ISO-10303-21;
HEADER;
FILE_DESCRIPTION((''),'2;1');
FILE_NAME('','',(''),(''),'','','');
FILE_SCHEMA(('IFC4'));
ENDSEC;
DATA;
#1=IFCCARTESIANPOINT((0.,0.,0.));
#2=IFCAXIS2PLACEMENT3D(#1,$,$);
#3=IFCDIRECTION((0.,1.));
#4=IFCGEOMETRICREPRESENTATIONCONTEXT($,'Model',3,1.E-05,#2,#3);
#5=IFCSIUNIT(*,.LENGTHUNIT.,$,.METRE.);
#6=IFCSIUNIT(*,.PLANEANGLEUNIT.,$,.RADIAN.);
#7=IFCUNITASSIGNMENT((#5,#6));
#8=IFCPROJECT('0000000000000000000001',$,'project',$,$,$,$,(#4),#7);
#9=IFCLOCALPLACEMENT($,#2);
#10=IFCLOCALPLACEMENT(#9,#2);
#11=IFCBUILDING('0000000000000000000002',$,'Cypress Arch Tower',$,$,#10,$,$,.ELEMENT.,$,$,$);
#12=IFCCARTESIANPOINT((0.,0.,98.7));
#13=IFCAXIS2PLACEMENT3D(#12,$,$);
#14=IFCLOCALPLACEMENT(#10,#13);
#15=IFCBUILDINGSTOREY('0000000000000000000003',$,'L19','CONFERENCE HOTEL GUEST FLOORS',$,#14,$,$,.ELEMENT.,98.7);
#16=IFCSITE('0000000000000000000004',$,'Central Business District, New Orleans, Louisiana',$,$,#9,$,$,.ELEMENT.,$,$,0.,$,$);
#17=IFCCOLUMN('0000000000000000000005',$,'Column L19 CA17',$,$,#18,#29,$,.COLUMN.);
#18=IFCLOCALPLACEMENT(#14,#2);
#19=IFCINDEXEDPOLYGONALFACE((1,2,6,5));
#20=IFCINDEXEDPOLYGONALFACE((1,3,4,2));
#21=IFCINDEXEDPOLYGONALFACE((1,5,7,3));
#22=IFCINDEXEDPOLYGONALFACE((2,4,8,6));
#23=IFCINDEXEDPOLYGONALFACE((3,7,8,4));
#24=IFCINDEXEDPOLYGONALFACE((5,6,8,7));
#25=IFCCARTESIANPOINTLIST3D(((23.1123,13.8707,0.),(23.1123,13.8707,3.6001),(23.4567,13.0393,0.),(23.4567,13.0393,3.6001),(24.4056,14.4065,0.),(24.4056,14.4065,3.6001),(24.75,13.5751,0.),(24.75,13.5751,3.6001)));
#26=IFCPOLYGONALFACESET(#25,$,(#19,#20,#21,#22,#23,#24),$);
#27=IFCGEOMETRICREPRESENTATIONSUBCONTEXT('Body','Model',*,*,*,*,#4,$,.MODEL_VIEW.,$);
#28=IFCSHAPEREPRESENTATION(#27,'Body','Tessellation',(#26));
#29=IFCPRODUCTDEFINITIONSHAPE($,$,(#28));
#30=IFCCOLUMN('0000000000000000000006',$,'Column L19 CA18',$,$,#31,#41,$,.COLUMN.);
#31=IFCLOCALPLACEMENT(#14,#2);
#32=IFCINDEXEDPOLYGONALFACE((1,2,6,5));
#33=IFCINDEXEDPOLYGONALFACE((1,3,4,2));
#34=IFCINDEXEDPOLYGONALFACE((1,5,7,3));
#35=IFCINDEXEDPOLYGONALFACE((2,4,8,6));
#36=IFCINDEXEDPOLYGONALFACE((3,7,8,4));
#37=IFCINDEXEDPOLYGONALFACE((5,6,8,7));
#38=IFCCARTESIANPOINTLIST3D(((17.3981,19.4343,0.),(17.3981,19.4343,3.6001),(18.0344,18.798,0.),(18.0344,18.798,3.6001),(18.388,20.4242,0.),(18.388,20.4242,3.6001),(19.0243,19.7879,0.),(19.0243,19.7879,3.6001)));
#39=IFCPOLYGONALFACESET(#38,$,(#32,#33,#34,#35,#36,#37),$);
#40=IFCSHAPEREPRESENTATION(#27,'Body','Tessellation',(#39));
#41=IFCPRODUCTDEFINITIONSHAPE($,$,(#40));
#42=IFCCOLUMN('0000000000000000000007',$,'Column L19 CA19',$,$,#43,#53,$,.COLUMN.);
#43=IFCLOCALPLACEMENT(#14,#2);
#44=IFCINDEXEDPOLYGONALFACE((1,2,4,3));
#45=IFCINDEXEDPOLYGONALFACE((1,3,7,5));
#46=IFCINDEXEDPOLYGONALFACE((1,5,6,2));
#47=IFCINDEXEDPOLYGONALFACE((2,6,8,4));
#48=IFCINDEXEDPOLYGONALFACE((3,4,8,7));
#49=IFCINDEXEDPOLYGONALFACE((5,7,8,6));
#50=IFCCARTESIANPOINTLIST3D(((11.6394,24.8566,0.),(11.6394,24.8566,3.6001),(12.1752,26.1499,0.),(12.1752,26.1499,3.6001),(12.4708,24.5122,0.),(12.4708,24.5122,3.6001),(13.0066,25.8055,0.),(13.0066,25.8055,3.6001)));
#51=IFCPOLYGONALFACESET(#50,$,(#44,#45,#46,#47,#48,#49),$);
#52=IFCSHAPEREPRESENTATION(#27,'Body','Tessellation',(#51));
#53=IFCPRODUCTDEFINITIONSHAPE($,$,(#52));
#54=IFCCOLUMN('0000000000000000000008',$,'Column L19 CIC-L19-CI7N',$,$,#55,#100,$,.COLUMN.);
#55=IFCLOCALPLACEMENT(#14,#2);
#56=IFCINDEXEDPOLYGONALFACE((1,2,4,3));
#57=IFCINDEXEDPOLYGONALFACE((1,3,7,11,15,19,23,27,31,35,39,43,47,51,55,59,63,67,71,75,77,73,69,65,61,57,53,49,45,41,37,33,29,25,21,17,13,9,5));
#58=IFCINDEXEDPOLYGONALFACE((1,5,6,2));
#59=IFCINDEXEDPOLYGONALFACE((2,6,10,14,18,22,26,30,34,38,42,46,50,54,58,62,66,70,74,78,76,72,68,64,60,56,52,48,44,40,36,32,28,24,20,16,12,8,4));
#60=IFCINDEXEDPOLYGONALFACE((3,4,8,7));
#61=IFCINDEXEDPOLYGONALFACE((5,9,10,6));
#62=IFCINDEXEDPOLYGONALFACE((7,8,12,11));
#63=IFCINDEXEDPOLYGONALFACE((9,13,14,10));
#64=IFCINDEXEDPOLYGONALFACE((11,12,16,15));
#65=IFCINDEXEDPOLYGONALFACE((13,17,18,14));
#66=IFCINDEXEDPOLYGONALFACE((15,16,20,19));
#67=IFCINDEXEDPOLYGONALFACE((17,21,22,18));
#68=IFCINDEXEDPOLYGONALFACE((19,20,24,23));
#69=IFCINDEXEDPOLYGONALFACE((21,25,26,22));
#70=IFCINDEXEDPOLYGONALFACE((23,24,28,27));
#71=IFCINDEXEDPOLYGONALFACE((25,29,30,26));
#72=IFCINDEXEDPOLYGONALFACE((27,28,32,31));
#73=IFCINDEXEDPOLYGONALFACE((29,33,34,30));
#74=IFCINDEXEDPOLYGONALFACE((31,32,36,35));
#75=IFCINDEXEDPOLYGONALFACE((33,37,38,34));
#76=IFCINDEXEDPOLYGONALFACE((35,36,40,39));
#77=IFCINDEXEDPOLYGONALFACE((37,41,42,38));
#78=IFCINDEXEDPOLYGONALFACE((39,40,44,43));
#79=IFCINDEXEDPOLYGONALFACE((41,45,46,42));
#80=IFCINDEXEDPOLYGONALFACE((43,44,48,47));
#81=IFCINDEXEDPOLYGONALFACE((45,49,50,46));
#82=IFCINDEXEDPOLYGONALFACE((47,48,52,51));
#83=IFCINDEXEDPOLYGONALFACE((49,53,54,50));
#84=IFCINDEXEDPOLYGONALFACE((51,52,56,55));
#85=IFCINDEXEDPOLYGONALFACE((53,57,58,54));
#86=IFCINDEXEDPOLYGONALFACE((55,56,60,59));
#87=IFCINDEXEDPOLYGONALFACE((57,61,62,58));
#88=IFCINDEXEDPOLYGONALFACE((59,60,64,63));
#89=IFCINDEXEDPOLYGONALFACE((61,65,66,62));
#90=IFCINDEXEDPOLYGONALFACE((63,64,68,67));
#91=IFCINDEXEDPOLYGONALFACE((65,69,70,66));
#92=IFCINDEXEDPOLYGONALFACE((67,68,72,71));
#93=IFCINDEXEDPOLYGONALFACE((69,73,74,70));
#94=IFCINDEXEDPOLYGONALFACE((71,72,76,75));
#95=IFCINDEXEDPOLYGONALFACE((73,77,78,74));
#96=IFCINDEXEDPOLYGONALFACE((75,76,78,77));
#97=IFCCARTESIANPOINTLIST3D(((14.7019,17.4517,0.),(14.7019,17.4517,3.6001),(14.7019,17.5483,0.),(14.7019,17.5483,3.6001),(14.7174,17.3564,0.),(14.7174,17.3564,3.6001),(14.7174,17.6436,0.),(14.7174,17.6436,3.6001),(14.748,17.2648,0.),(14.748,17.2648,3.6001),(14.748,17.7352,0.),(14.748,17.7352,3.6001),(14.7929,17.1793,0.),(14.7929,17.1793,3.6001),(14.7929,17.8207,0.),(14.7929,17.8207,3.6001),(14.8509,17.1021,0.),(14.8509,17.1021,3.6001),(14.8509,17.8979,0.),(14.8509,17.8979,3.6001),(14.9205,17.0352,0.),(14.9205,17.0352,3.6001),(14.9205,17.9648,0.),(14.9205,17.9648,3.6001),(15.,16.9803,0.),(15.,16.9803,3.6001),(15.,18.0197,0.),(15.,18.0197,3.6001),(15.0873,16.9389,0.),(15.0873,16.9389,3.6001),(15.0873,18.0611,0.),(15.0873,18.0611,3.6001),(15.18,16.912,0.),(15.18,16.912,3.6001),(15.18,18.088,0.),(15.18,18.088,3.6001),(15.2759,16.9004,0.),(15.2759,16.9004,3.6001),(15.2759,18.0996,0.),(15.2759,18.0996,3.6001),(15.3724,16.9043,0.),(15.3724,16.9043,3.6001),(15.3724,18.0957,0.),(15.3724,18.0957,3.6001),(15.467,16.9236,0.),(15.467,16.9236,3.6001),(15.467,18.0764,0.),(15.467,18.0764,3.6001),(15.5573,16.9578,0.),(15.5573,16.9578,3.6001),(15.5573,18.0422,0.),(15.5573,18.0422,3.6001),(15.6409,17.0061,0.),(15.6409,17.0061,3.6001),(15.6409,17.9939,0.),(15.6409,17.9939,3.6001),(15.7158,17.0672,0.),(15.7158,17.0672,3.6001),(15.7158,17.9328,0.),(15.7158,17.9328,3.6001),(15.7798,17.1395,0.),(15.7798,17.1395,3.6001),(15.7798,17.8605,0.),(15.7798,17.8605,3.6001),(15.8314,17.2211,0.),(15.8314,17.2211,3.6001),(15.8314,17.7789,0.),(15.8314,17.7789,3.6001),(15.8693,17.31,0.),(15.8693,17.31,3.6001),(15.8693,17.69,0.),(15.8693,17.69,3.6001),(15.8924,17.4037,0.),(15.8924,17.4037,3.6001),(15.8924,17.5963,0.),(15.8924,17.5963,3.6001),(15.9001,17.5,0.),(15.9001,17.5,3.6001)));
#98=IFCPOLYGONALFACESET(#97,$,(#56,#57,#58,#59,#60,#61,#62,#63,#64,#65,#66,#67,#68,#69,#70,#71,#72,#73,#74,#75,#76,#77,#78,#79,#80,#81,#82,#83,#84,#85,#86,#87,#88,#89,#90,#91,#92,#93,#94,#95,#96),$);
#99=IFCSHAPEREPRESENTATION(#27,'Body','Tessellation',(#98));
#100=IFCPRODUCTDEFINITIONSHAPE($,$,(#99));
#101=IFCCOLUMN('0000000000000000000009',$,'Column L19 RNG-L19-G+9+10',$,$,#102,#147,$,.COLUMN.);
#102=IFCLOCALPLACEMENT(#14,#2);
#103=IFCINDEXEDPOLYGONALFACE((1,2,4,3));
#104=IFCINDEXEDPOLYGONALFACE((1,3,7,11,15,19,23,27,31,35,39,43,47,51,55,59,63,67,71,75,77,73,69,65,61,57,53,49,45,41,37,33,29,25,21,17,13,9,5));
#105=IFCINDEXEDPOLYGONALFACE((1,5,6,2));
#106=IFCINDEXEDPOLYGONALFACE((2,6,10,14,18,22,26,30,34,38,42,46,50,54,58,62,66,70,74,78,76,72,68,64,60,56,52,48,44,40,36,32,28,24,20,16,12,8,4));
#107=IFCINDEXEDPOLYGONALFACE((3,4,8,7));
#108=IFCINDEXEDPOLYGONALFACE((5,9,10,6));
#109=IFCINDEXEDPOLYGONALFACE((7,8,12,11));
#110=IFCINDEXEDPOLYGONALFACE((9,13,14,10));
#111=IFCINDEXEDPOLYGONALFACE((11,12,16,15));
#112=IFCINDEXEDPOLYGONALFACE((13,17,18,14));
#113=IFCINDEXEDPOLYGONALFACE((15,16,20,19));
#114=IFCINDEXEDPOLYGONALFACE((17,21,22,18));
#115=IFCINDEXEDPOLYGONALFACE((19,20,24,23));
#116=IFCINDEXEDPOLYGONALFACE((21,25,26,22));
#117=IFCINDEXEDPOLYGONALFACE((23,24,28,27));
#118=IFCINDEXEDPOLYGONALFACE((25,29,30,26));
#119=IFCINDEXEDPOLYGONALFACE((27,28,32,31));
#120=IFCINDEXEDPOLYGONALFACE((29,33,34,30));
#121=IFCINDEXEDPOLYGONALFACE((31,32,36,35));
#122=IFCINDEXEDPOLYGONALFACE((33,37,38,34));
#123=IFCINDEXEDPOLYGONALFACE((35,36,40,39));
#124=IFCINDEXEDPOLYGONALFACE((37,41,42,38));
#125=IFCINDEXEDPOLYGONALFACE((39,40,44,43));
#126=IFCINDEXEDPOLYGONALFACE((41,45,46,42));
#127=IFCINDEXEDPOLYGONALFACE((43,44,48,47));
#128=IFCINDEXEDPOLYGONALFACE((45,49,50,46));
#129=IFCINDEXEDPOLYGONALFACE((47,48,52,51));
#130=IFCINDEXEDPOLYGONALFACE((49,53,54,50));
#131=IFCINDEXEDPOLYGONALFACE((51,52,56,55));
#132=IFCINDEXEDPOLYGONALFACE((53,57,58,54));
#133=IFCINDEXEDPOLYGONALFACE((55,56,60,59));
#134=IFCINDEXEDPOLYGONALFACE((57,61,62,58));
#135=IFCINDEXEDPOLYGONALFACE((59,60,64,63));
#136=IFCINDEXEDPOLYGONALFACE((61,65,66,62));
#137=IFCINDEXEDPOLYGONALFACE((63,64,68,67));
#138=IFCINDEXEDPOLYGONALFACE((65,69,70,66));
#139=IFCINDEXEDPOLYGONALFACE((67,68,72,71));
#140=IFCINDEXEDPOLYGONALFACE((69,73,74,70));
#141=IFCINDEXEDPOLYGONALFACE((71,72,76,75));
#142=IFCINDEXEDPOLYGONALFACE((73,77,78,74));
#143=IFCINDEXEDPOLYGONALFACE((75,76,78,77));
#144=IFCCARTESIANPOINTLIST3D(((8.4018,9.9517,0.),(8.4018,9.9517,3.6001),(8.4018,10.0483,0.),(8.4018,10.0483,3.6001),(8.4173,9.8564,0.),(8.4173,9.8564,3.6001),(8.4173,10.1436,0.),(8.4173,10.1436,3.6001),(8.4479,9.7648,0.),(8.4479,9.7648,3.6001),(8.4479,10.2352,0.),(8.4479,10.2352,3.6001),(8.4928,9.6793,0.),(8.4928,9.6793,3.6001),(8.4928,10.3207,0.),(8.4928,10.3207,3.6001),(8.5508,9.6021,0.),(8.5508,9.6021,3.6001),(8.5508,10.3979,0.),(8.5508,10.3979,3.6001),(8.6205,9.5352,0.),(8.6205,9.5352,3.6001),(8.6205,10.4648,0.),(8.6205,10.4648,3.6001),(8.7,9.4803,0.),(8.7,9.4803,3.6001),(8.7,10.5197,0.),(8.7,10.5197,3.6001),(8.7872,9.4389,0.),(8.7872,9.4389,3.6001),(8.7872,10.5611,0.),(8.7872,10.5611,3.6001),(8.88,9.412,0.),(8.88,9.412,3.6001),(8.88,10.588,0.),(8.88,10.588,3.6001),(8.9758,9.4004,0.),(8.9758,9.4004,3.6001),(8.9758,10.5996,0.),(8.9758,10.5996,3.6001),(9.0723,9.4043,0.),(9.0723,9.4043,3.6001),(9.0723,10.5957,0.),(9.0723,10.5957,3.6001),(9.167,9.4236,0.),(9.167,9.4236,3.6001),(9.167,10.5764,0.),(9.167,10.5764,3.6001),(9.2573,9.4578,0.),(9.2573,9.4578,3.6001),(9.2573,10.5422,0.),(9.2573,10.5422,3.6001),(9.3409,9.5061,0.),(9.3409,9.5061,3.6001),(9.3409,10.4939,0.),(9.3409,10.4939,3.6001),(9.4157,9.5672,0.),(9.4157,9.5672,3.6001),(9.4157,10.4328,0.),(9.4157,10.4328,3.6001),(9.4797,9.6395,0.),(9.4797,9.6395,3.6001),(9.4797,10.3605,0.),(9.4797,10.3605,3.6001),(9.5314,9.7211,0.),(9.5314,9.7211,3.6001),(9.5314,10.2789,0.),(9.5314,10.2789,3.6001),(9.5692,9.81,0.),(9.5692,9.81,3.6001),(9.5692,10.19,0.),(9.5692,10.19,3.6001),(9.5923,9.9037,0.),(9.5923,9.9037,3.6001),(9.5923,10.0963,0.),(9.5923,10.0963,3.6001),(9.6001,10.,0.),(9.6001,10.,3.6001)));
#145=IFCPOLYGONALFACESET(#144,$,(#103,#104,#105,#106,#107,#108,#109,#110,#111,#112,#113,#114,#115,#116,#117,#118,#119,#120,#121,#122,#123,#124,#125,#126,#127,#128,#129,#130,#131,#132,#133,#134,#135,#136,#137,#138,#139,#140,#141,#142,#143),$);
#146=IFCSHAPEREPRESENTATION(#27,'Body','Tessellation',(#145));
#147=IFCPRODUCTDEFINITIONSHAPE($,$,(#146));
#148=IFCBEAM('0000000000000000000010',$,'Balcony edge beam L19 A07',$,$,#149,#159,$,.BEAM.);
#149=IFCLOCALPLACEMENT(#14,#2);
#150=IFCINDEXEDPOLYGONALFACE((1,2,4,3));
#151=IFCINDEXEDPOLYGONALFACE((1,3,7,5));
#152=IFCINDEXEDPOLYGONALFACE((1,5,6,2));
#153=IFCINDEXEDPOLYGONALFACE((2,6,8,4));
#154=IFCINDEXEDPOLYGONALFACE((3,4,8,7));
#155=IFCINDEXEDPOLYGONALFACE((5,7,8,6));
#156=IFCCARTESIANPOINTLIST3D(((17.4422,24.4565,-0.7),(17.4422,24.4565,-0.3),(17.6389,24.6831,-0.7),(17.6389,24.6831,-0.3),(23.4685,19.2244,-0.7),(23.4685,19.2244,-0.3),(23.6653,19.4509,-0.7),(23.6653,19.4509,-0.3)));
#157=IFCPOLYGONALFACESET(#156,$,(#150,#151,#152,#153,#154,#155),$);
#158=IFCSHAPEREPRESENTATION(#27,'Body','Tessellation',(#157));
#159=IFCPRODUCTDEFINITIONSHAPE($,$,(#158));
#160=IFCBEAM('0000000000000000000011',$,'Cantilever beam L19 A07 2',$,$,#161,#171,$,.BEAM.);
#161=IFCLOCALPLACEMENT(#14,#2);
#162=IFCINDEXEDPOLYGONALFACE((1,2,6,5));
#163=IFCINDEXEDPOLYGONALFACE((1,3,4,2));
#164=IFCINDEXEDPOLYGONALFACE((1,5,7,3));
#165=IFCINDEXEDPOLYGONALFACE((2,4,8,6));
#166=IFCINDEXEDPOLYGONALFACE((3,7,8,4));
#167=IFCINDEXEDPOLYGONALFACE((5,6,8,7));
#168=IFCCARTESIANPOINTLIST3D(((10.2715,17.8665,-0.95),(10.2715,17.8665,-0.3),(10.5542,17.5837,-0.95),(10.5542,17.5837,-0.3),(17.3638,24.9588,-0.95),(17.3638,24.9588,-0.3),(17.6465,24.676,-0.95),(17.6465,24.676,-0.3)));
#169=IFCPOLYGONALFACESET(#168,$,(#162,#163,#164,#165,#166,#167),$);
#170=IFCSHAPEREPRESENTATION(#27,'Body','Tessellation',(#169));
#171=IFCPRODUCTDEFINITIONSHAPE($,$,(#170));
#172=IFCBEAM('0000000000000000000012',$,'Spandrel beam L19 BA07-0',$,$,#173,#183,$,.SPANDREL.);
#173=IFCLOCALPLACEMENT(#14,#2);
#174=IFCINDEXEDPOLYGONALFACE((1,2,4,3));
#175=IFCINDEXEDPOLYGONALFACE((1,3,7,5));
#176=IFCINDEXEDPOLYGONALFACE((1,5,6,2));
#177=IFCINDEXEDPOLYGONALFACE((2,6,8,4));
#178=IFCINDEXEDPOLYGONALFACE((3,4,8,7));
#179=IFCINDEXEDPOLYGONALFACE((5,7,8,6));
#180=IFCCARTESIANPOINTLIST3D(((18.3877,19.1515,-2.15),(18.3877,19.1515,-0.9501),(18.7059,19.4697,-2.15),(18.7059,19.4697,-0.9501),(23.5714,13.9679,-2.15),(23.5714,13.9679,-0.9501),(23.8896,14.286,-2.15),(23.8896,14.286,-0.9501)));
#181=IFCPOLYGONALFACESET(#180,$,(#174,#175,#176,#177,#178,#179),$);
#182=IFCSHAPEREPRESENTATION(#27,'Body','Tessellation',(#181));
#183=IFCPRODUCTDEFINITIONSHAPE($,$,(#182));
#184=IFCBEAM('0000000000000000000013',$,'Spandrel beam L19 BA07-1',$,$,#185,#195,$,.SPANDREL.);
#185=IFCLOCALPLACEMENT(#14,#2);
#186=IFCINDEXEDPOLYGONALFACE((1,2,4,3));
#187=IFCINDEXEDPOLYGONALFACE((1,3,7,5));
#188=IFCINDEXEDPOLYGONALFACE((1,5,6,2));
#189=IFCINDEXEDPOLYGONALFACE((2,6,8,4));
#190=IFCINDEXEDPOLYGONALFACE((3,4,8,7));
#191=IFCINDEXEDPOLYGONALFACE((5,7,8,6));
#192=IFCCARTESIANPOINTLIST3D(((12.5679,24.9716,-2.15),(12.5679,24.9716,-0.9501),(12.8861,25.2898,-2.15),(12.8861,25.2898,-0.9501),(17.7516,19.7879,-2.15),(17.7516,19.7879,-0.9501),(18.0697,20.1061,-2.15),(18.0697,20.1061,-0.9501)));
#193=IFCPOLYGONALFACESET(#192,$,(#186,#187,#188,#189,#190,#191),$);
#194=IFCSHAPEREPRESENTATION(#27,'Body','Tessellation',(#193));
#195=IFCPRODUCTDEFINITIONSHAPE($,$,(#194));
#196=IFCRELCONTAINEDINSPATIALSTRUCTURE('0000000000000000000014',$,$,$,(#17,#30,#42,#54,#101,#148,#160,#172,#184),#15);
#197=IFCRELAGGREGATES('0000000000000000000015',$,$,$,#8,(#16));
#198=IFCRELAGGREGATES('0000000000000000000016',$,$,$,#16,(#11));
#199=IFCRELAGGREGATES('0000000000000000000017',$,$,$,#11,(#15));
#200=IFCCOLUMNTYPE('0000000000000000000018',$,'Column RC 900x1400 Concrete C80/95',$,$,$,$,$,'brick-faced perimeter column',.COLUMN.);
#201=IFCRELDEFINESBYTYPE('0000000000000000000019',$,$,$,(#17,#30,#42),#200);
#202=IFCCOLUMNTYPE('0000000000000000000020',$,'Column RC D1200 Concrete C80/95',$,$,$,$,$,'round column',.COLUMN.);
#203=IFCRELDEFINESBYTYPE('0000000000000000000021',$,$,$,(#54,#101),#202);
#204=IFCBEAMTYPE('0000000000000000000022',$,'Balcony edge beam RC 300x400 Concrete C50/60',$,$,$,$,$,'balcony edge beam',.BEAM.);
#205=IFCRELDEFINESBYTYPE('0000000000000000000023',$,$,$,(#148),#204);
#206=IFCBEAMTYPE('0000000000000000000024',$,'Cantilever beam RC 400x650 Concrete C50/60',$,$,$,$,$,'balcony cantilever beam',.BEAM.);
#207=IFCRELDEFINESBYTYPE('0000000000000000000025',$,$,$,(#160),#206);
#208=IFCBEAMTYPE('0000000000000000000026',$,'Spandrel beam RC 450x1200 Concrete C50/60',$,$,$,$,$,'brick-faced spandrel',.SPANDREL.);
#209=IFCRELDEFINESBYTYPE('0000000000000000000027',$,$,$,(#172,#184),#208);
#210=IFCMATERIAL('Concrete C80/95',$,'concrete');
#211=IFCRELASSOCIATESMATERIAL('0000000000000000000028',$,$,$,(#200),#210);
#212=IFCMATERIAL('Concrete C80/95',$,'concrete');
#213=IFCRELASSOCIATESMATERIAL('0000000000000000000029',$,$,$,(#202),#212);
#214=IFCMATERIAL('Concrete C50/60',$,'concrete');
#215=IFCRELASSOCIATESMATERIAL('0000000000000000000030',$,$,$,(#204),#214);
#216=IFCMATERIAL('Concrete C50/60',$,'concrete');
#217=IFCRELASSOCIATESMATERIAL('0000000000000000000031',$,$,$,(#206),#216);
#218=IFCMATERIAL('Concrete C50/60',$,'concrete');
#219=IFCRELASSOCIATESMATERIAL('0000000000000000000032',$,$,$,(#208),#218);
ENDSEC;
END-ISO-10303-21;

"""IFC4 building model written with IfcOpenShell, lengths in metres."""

from ifc_helpers import new_model, si_unit, direction, frame, origin, origin_2d, place, context, subcontext, project, spatial, rectangle, circle, extrude, material, material_profile, profile_set, type_object, element, save


model = new_model("IFC4")

# Units and contexts
model_context = context("Model", 3, precision=1e-05, world=origin(), true_north=direction((0.0, 1.0)))
body_context = subcontext(model_context, "Body", "Model", "MODEL_VIEW")
ifc_project = project(units=[si_unit("LENGTHUNIT", "METRE"), si_unit("PLANEANGLEUNIT", "RADIAN")], contexts=[model_context])

# Site, building, storey
site_placement = place(None, origin())
site = spatial("IfcSite", under=ifc_project, at=site_placement, Name="Central Business District, New Orleans, Louisiana", CompositionType="ELEMENT", RefElevation=0.0)
building_placement = place(site_placement, origin())
building = spatial("IfcBuilding", under=site, at=building_placement, Name="Cypress Arch Tower", CompositionType="ELEMENT")
storey_placement = place(building_placement, frame((0.0, 0.0, 98.7)))
storey = spatial("IfcBuildingStorey", under=building, at=storey_placement, Name="L19", Description="CONFERENCE HOTEL GUEST FLOORS", CompositionType="ELEMENT", Elevation=98.7)

# Columns
ifc_material_1 = material(Name="Concrete C80/95", Category="concrete")
ifc_material_profile_1 = material_profile(ifc_material_1, rectangle(XDim=0.8999, YDim=1.3999, at=origin_2d()), Name="RC 900x1400")
ifc_profile_set_1 = profile_set([ifc_material_profile_1], Name="Concrete C80/95")
column_type_1 = type_object("IfcColumnType", Name="Column RC 900x1400 Concrete C80/95", ElementType="brick-faced perimeter column", PredefinedType="COLUMN", material=ifc_profile_set_1)
for number, where, z_axis, x_axis, name in (
    (1, (23.9312, 13.7229, 0.0), (0.0, 0.0, 1.0), (-0.382683, 0.92388, 0.0), "Column L19 CA17"),
    (2, (18.2112, 19.6111, 0.0), (0.0, 0.0, 1.0), (-0.707107, 0.707107, 0.0), "Column L19 CA18"),
    (3, (12.323, 25.3311, 0.0), (0.0, 0.0, 1.0), (-0.92388, 0.382683, 0.0), "Column L19 CA19"),
):
    element("IfcColumn", number, at=place(storey_placement, frame(where, z_axis=z_axis, x_axis=x_axis)), inside=storey, type_object=column_type_1, Name=name, PredefinedType="COLUMN", context=body_context, shape_type="SweptSolid", body=[
        extrude(rectangle(XDim=0.8999, YDim=1.3999, at=origin_2d()), origin(), (0.0, 0.0, 1.0), 3.6001),
    ])
ifc_material_2 = material(Name="Concrete C80/95", Category="concrete")
ifc_material_profile_2 = material_profile(ifc_material_2, circle(Radius=0.6001, at=origin_2d()), Name="RC D1200")
ifc_profile_set_2 = profile_set([ifc_material_profile_2], Name="Concrete C80/95")
column_type_2 = type_object("IfcColumnType", Name="Column RC D1200 Concrete C80/95", ElementType="round column", PredefinedType="COLUMN", material=ifc_profile_set_2)
for number, where, z_axis, x_axis, name in (
    (4, (15.3, 17.5, 0.0), (0.0, 0.0, 1.0), (1.0, 0.0, 0.0), "Column L19 CIC-L19-CI7N"),
    (5, (9.0, 10.0, 0.0), (0.0, 0.0, 1.0), (1.0, 0.0, 0.0), "Column L19 RNG-L19-G+9+10"),
):
    element("IfcColumn", number, at=place(storey_placement, frame(where, z_axis=z_axis, x_axis=x_axis)), inside=storey, type_object=column_type_2, Name=name, PredefinedType="COLUMN", context=body_context, shape_type="SweptSolid", body=[
        extrude(circle(Radius=0.6001, at=origin_2d()), origin(), (0.0, 0.0, 1.0), 3.6001),
    ])

# Beams
ifc_material_3 = material(Name="Concrete C50/60", Category="concrete")
ifc_material_profile_3 = material_profile(ifc_material_3, rectangle(XDim=0.3, YDim=0.3999, at=origin_2d()), Name="RC 300x400")
ifc_profile_set_3 = profile_set([ifc_material_profile_3], Name="Concrete C50/60")
beam_type_1 = type_object("IfcBeamType", Name="Balcony edge beam RC 300x400 Concrete C50/60", ElementType="balcony edge beam", PredefinedType="BEAM", material=ifc_profile_set_3)
beam_1_placement = place(storey_placement, frame((23.5669, 19.3376, -0.5), z_axis=(-0.75511, 0.655598, 0.0), x_axis=(-0.655598, -0.75511, 0.0)))
element("IfcBeam", 6, at=beam_1_placement, inside=storey, type_object=beam_type_1, Name="Balcony edge beam L19 A07", PredefinedType="BEAM", context=body_context, shape_type="SweptSolid", body=[
    extrude(rectangle(XDim=0.3, YDim=0.3999, at=origin_2d()), origin(), (0.0, 0.0, 1.0), 7.9807),
])
ifc_material_4 = material(Name="Concrete C50/60", Category="concrete")
ifc_material_profile_4 = material_profile(ifc_material_4, rectangle(XDim=0.3999, YDim=0.6499, at=origin_2d()), Name="RC 400x650")
ifc_profile_set_4 = profile_set([ifc_material_profile_4], Name="Concrete C50/60")
beam_type_2 = type_object("IfcBeamType", Name="Cantilever beam RC 400x650 Concrete C50/60", ElementType="balcony cantilever beam", PredefinedType="BEAM", material=ifc_profile_set_4)
beam_2_placement = place(storey_placement, frame((10.4128, 17.7251, -0.625), z_axis=(0.707107, 0.707107, 0.0), x_axis=(-0.707107, 0.707107, 0.0)))
element("IfcBeam", 7, at=beam_2_placement, inside=storey, type_object=beam_type_2, Name="Cantilever beam L19 A07 2", PredefinedType="BEAM", context=body_context, shape_type="SweptSolid", body=[
    extrude(rectangle(XDim=0.3999, YDim=0.6499, at=origin_2d()), origin(), (0.0, 0.0, 1.0), 10.03),
])
ifc_material_5 = material(Name="Concrete C50/60", Category="concrete")
ifc_material_profile_5 = material_profile(ifc_material_5, rectangle(XDim=0.45, YDim=1.2, at=origin_2d()), Name="RC 450x1200")
ifc_profile_set_5 = profile_set([ifc_material_profile_5], Name="Concrete C50/60")
beam_type_3 = type_object("IfcBeamType", Name="Spandrel beam RC 450x1200 Concrete C50/60", ElementType="brick-faced spandrel", PredefinedType="SPANDREL", material=ifc_profile_set_5)
for number, where, z_axis, x_axis, name in (
    (8, (23.7305, 14.127, -1.55), (-0.707107, 0.707107, 0.0), (-0.707107, -0.707107, 0.0), "Spandrel beam L19 BA07-0"),
    (9, (17.9106, 19.947, -1.55), (-0.707107, 0.707107, 0.0), (-0.707107, -0.707107, 0.0), "Spandrel beam L19 BA07-1"),
):
    element("IfcBeam", number, at=place(storey_placement, frame(where, z_axis=z_axis, x_axis=x_axis)), inside=storey, type_object=beam_type_3, Name=name, PredefinedType="SPANDREL", context=body_context, shape_type="SweptSolid", body=[
        extrude(rectangle(XDim=0.45, YDim=1.2, at=origin_2d()), origin(), (0.0, 0.0, 1.0), 7.3308),
    ])

save(model, "model.ifc")
